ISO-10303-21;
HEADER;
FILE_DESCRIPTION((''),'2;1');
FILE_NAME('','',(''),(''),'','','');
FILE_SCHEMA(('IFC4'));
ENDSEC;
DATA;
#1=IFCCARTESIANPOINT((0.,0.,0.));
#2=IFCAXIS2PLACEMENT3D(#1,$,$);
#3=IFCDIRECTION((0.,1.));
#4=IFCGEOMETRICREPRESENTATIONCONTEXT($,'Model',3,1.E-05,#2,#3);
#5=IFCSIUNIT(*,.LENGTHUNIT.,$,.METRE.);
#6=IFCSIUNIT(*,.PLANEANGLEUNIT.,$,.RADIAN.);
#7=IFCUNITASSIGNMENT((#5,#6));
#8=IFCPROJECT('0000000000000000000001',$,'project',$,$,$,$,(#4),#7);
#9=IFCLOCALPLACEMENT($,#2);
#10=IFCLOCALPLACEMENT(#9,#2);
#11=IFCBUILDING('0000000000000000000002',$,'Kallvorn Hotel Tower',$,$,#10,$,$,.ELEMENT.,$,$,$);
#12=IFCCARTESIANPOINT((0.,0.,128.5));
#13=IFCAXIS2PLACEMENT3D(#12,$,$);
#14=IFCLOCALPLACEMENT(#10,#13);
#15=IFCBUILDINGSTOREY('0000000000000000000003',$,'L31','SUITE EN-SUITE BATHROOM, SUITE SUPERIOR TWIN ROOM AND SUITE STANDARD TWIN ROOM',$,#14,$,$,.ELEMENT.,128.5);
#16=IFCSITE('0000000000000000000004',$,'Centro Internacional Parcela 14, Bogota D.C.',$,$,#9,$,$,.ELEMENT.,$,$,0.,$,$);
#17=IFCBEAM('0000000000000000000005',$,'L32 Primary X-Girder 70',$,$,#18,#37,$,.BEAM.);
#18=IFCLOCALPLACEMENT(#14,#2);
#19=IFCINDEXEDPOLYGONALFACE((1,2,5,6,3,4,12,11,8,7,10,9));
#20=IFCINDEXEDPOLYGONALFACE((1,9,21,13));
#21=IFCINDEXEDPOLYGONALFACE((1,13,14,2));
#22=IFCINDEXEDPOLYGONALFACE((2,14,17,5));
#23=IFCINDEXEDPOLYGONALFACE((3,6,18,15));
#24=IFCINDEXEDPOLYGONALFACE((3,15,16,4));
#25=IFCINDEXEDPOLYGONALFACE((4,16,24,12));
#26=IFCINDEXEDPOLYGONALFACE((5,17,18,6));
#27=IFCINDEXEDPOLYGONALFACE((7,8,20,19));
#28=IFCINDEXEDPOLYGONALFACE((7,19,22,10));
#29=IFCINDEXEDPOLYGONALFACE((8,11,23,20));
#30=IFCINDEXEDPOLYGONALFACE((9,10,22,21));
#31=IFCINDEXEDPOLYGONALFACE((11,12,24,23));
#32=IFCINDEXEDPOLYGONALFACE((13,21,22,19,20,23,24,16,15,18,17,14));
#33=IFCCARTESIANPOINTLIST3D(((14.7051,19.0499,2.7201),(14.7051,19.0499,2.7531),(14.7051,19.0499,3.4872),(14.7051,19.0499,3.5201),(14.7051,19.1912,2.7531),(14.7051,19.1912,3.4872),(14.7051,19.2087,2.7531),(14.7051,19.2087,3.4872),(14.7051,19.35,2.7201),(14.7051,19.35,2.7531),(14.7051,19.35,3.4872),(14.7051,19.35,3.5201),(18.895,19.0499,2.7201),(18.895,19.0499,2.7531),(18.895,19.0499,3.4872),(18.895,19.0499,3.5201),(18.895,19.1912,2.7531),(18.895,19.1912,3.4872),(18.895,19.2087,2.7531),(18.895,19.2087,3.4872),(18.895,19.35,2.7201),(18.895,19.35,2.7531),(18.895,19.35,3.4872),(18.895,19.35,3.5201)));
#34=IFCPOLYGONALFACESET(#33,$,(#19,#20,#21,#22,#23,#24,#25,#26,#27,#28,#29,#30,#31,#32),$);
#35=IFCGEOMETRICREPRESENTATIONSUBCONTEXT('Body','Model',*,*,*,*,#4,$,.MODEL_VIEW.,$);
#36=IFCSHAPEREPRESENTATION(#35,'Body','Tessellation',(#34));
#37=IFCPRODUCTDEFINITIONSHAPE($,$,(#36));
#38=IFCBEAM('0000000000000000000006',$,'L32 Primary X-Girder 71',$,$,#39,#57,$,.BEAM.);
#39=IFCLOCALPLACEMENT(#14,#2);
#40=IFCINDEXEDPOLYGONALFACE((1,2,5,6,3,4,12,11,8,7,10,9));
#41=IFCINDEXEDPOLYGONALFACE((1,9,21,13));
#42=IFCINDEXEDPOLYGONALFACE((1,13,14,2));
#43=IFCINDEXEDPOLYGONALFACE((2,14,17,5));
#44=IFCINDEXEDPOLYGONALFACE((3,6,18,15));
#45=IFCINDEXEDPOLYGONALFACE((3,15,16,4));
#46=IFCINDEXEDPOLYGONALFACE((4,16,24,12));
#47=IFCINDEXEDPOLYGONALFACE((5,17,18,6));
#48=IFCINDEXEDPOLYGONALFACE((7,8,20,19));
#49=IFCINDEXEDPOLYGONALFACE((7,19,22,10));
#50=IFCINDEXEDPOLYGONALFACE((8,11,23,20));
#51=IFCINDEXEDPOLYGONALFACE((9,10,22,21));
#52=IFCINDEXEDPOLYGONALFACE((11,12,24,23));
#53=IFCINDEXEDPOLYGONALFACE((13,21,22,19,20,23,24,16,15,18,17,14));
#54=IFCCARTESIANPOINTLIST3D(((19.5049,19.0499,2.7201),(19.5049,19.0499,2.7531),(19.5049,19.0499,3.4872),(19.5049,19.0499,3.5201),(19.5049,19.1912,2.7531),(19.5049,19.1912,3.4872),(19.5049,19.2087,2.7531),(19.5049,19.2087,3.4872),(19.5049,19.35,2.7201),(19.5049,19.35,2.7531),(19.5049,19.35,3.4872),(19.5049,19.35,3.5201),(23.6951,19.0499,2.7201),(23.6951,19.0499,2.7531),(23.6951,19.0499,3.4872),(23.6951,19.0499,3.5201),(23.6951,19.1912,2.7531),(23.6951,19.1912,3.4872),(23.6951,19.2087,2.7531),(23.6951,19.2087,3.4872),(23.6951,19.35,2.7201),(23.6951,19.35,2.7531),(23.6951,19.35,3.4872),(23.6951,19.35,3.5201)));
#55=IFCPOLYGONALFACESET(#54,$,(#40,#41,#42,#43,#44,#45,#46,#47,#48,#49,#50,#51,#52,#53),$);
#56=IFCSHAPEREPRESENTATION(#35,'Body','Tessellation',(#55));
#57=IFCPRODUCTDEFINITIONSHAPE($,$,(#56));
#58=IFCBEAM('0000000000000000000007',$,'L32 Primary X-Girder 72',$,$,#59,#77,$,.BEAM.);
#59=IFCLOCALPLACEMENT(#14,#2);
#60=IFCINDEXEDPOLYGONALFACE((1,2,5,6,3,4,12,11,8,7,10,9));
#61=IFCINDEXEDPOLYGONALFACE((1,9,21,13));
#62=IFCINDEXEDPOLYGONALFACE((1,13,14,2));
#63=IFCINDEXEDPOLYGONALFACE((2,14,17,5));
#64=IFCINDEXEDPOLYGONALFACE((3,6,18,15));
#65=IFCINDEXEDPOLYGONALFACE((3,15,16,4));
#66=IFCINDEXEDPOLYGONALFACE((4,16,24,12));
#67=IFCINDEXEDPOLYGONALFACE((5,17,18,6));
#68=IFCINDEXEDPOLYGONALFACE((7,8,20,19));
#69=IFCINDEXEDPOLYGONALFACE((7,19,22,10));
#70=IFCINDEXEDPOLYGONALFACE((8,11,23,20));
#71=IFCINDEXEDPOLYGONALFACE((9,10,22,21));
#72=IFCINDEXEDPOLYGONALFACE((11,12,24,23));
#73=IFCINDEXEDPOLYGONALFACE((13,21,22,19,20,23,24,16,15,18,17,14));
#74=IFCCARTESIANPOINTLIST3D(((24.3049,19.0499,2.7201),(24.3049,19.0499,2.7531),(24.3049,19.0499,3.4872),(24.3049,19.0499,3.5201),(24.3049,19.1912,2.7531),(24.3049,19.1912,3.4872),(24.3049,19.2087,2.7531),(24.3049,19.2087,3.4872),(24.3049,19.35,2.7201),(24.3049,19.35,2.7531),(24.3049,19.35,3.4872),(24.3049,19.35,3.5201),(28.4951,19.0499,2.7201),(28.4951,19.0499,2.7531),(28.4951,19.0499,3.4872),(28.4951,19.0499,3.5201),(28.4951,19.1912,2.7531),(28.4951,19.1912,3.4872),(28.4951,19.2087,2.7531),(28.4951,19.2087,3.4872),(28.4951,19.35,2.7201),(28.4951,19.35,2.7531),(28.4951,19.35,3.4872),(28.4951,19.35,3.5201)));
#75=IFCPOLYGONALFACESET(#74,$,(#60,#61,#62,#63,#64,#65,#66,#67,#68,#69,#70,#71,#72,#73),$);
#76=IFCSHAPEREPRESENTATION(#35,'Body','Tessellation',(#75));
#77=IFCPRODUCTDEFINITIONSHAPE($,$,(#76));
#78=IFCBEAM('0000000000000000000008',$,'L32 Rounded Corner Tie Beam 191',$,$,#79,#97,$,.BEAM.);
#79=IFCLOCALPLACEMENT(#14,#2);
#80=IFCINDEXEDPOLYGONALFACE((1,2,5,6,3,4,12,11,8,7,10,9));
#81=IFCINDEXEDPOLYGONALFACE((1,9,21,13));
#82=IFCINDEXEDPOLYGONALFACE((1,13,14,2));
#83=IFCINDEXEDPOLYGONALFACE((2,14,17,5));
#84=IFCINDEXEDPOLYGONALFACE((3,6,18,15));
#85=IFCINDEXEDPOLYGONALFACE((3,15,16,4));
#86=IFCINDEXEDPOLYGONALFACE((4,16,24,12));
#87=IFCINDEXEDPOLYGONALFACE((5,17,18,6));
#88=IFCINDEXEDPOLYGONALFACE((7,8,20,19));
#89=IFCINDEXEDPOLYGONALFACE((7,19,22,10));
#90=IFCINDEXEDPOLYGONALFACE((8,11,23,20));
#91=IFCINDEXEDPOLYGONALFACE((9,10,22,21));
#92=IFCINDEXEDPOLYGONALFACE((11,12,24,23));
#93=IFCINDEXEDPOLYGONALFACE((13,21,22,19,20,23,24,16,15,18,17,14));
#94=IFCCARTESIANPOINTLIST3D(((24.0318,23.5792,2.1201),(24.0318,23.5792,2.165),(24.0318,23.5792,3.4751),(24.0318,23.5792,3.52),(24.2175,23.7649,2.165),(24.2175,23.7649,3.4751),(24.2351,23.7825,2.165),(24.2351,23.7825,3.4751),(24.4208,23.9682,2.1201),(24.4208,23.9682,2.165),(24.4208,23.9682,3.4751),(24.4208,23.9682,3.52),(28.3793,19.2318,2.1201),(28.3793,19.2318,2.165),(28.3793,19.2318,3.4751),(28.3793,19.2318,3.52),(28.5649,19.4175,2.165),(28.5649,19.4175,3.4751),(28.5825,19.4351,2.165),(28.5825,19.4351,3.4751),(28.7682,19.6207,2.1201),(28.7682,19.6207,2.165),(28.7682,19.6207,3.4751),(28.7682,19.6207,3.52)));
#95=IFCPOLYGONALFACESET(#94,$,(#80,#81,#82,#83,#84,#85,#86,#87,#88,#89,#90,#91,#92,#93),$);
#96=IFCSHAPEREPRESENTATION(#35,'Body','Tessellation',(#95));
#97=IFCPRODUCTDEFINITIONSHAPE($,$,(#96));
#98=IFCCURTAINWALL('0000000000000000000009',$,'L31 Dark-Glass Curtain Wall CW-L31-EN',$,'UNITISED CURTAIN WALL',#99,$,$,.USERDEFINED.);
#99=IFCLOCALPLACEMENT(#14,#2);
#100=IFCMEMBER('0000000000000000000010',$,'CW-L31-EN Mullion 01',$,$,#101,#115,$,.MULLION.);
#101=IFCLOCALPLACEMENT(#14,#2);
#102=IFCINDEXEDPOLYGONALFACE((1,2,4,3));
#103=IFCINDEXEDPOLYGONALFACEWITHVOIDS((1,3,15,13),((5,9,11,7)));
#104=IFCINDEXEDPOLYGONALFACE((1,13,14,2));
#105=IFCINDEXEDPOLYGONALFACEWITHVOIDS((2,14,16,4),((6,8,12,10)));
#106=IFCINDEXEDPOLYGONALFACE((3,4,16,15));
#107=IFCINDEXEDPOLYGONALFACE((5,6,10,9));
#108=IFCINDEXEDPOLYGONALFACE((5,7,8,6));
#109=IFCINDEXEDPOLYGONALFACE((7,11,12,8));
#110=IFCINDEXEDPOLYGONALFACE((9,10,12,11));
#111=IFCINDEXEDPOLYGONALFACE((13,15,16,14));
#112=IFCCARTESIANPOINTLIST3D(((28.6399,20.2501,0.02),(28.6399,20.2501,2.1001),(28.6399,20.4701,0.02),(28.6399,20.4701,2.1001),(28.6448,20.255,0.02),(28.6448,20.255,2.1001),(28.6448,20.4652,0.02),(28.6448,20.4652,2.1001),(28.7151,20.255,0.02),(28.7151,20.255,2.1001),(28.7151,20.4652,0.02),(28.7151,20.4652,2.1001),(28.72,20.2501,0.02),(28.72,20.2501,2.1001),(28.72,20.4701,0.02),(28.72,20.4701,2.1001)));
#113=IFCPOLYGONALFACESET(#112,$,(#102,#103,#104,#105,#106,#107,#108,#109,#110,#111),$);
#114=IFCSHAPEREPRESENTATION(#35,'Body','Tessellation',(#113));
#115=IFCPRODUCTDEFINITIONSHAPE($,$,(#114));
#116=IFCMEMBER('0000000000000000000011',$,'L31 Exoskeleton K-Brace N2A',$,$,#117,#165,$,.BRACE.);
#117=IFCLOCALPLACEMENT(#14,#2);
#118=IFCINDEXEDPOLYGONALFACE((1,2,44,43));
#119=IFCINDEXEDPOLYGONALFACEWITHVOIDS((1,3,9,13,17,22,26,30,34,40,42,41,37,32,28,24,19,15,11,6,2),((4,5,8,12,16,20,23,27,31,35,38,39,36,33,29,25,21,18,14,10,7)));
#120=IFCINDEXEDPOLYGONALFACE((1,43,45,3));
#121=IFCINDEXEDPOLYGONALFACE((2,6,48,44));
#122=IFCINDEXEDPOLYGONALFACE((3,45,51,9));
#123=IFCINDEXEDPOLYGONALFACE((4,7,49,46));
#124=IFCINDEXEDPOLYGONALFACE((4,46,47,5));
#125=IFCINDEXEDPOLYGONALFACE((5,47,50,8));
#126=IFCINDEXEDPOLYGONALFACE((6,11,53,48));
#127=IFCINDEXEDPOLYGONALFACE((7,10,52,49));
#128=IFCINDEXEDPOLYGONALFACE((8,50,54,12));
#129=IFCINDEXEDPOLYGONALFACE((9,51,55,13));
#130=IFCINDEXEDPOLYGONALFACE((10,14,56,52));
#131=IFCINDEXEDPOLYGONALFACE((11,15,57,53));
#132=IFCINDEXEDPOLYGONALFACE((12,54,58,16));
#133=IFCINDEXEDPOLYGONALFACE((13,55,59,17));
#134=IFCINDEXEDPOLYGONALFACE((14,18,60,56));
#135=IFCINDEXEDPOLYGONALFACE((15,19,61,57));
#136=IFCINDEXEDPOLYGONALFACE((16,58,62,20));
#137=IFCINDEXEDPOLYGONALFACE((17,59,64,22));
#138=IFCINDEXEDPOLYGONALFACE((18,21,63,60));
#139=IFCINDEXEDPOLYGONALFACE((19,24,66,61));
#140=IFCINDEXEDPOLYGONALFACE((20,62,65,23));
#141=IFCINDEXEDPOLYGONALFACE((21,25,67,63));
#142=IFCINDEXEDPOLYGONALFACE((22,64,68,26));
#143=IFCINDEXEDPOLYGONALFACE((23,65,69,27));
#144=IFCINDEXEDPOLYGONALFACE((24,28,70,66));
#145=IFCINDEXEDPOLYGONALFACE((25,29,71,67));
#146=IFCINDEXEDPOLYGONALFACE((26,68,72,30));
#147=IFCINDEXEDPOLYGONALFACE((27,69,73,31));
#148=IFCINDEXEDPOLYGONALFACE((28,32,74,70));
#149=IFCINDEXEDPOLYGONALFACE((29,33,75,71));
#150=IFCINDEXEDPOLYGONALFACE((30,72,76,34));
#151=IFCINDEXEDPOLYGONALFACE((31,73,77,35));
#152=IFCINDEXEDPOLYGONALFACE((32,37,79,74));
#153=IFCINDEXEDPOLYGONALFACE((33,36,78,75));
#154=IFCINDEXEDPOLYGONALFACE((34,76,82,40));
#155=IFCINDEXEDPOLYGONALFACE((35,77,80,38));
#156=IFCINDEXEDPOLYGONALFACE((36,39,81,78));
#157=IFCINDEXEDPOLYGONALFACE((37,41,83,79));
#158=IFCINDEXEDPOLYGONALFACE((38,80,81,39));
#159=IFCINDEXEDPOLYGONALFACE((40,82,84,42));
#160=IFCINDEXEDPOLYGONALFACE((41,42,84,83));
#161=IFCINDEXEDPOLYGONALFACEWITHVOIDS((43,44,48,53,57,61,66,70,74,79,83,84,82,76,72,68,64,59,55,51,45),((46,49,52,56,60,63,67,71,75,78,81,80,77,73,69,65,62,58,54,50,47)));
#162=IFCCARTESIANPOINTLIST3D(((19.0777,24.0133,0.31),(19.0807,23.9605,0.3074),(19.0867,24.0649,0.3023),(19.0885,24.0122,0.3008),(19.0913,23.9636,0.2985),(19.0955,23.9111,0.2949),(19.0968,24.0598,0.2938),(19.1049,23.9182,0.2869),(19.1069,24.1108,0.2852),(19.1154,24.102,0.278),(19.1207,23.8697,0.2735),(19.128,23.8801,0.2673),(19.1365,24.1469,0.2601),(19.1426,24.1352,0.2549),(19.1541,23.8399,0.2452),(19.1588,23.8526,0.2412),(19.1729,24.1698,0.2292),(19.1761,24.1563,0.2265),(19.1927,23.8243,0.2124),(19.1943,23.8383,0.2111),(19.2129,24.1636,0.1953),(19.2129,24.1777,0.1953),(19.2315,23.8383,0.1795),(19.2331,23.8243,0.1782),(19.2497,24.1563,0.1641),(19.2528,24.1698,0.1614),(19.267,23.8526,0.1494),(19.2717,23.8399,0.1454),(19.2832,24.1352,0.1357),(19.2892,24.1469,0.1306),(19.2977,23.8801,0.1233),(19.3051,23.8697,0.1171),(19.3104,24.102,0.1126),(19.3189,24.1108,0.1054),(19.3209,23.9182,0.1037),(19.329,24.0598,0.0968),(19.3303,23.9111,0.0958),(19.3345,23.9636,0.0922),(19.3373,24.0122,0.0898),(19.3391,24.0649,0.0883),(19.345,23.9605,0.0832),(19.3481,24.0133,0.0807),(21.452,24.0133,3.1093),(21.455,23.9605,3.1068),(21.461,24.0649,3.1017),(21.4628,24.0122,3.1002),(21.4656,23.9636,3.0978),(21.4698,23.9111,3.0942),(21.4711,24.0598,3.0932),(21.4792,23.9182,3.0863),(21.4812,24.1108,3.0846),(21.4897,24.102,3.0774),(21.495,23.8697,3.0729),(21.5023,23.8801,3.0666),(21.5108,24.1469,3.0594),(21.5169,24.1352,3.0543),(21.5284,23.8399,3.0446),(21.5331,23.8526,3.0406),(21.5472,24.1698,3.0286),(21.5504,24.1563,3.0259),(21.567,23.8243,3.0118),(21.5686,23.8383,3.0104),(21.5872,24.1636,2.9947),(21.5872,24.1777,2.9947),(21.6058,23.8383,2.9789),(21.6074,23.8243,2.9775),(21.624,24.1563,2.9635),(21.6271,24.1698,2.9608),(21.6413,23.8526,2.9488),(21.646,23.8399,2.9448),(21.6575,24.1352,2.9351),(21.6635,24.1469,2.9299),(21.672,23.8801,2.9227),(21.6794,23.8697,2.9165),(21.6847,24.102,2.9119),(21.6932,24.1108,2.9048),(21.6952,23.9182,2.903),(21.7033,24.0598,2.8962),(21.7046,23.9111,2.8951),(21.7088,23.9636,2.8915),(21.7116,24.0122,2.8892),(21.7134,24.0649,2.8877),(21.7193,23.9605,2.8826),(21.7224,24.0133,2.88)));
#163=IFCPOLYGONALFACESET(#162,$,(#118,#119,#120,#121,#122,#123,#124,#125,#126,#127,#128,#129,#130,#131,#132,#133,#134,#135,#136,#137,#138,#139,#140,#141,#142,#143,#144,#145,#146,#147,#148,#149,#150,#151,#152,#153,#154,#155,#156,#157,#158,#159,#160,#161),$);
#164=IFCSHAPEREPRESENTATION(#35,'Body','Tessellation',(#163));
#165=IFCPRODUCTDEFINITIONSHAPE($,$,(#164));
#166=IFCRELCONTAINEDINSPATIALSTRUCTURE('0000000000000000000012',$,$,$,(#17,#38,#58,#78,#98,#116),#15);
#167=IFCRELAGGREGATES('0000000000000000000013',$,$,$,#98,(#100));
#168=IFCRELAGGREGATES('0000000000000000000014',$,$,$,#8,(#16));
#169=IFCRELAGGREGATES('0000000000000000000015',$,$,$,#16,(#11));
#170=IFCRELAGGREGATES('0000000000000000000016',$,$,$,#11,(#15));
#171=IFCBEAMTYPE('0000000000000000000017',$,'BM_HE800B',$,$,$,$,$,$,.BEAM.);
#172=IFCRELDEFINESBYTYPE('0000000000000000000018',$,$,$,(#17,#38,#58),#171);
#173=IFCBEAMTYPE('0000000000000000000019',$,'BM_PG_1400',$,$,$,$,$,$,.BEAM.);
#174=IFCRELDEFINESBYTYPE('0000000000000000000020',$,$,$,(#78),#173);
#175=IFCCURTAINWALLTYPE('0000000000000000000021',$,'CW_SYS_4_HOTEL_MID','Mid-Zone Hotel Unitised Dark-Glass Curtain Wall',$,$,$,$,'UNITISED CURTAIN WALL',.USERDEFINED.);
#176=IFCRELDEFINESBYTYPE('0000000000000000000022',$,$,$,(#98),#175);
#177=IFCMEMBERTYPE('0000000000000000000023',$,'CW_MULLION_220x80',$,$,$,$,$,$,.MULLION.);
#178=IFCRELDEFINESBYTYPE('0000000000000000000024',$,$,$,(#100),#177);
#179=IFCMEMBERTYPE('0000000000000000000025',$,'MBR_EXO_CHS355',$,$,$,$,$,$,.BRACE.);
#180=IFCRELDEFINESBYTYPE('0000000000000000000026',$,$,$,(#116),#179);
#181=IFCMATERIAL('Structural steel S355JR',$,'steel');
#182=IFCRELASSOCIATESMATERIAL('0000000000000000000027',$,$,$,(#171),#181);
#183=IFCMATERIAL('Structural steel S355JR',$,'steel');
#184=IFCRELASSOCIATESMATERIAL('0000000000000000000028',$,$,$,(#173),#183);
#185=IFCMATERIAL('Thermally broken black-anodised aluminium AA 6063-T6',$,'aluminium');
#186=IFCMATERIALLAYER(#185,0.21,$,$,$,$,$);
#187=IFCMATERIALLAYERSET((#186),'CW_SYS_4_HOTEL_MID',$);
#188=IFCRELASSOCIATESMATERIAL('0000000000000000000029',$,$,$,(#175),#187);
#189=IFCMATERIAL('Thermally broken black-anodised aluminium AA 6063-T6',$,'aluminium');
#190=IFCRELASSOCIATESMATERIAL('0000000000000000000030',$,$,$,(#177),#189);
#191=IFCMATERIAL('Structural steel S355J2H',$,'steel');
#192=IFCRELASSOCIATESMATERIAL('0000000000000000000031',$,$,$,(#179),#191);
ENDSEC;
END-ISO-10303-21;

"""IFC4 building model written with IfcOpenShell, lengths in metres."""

from ifc_helpers import new_model, si_unit, direction, frame, origin, origin_2d, place, context, subcontext, project, spatial, hollow_rectangle, hollow_circle, i_section, extrude, material, layer, layer_set, material_profile, profile_set, type_object, element, aggregate, save


model = new_model("IFC4")

# Units and contexts
model_context = context("Model", 3, precision=1e-05, world=origin(), true_north=direction((0.0, 1.0)))
body_context = subcontext(model_context, "Body", "Model", "MODEL_VIEW")
ifc_project = project(units=[si_unit("LENGTHUNIT", "METRE"), si_unit("PLANEANGLEUNIT", "RADIAN")], contexts=[model_context])

# Site, building, storey
site_placement = place(None, origin())
site = spatial("IfcSite", under=ifc_project, at=site_placement, Name="Centro Internacional Parcela 14, Bogota D.C.", CompositionType="ELEMENT", RefElevation=0.0)
building_placement = place(site_placement, origin())
building = spatial("IfcBuilding", under=site, at=building_placement, Name="Kallvorn Hotel Tower", CompositionType="ELEMENT")
storey_placement = place(building_placement, frame((0.0, 0.0, 128.5)))
storey = spatial("IfcBuildingStorey", under=building, at=storey_placement, Name="L31", Description="SUITE EN-SUITE BATHROOM, SUITE SUPERIOR TWIN ROOM AND SUITE STANDARD TWIN ROOM", CompositionType="ELEMENT", Elevation=128.5)

# Beams
ifc_material_1 = material(Name="Structural steel S355JR", Category="steel")
ifc_material_profile_1 = material_profile(ifc_material_1, i_section(OverallWidth=0.3, OverallDepth=0.8, WebThickness=0.0176, FlangeThickness=0.033, at=origin_2d()), Name="HE 800 B")
ifc_profile_set_1 = profile_set([ifc_material_profile_1], Name="Structural steel S355JR")
beam_type_1 = type_object("IfcBeamType", Name="BM_HE800B", PredefinedType="BEAM", material=ifc_profile_set_1)
beam_1_placement = place(storey_placement, frame((14.7051, 19.2, 3.1201), z_axis=(1.0, 0.0, 0.0), x_axis=(0.0, 1.0, 0.0)))
element("IfcBeam", 1, at=beam_1_placement, inside=storey, type_object=beam_type_1, Name="L32 Primary X-Girder 70", PredefinedType="BEAM", context=body_context, shape_type="SweptSolid", body=[
    extrude(i_section(OverallWidth=0.3, OverallDepth=0.8, WebThickness=0.0176, FlangeThickness=0.033, at=origin_2d()), origin(), (0.0, 0.0, 1.0), 4.1899),
])
for number, where, z_axis, x_axis, name in (
    (2, (19.5049, 19.2, 3.1201), (1.0, 0.0, 0.0), (0.0, 1.0, 0.0), "L32 Primary X-Girder 71"),
    (3, (24.3049, 19.2, 3.1201), (1.0, 0.0, 0.0), (0.0, 1.0, 0.0), "L32 Primary X-Girder 72"),
):
    element("IfcBeam", number, at=place(storey_placement, frame(where, z_axis=z_axis, x_axis=x_axis)), inside=storey, type_object=beam_type_1, Name=name, PredefinedType="BEAM", context=body_context, shape_type="SweptSolid", body=[
        extrude(i_section(OverallWidth=0.3, OverallDepth=0.8, WebThickness=0.0176, FlangeThickness=0.033, at=origin_2d()), origin(), (0.0, 0.0, 1.0), 4.1902),
    ])
ifc_material_2 = material(Name="Structural steel S355JR", Category="steel")
ifc_material_profile_2 = material_profile(ifc_material_2, i_section(OverallWidth=0.55, OverallDepth=1.3999, WebThickness=0.0249, FlangeThickness=0.0449, at=origin_2d()), Name="PG 1400x550x25x45")
ifc_profile_set_2 = profile_set([ifc_material_profile_2], Name="Structural steel S355JR")
beam_type_2 = type_object("IfcBeamType", Name="BM_PG_1400", PredefinedType="BEAM", material=ifc_profile_set_2)
beam_2_placement = place(storey_placement, frame((28.5737, 19.4263, 2.8201), z_axis=(-0.707107, 0.707107, 0.0), x_axis=(-0.707107, -0.707107, 0.0)))
element("IfcBeam", 4, at=beam_2_placement, inside=storey, type_object=beam_type_2, Name="L32 Rounded Corner Tie Beam 191", PredefinedType="BEAM", context=body_context, shape_type="SweptSolid", body=[
    extrude(i_section(OverallWidth=0.55, OverallDepth=1.3999, WebThickness=0.0249, FlangeThickness=0.0449, at=origin_2d()), origin(), (0.0, 0.0, 1.0), 6.1482),
])

# Curtain wall, member
ifc_material_3 = material(Name="Thermally broken black-anodised aluminium AA 6063-T6", Category="aluminium")
ifc_layer_1 = layer(ifc_material_3, 0.21)
ifc_layer_set_1 = layer_set([ifc_layer_1], Name="CW_SYS_4_HOTEL_MID")
curtain_wall_type = type_object("IfcCurtainWallType", Name="CW_SYS_4_HOTEL_MID", Description="Mid-Zone Hotel Unitised Dark-Glass Curtain Wall", ElementType="UNITISED CURTAIN WALL", PredefinedType="USERDEFINED", material=ifc_layer_set_1)
curtain_wall_placement = place(storey_placement, origin())
curtain_wall = element("IfcCurtainWall", 5, at=curtain_wall_placement, inside=storey, type_object=curtain_wall_type, Name="L31 Dark-Glass Curtain Wall CW-L31-EN", ObjectType="UNITISED CURTAIN WALL", PredefinedType="USERDEFINED")
ifc_material_4 = material(Name="Thermally broken black-anodised aluminium AA 6063-T6", Category="aluminium")
ifc_material_profile_3 = material_profile(ifc_material_4, hollow_rectangle(XDim=0.0801, YDim=0.22, WallThickness=0.0049, at=origin_2d()), Name="MUL 220x80")
ifc_profile_set_3 = profile_set([ifc_material_profile_3], Name="Thermally broken black-anodised aluminium AA 6063-T6")
member_type_1 = type_object("IfcMemberType", Name="CW_MULLION_220x80", PredefinedType="MULLION", material=ifc_profile_set_3)
member_placement = place(storey_placement, frame((28.6799, 20.3601, 0.02), z_axis=(0.0, 0.0, 1.0), x_axis=(1.0, 0.0, 0.0)))
member = element("IfcMember", 6, at=member_placement, type_object=member_type_1, Name="CW-L31-EN Mullion 01", PredefinedType="MULLION", context=body_context, shape_type="SweptSolid", body=[
    extrude(hollow_rectangle(XDim=0.0801, YDim=0.22, WallThickness=0.0049, at=origin_2d()), origin(), (0.0, 0.0, 1.0), 2.0801),
])
aggregate(curtain_wall, [member])

# Member
ifc_material_5 = material(Name="Structural steel S355J2H", Category="steel")
ifc_material_profile_4 = material_profile(ifc_material_5, hollow_circle(Radius=0.1777, WallThickness=0.0142, at=origin_2d()), Name="CHS 355.6x14.2")
ifc_profile_set_4 = profile_set([ifc_material_profile_4], Name="Structural steel S355J2H")
member_type_2 = type_object("IfcMemberType", Name="MBR_EXO_CHS355", PredefinedType="BRACE", material=ifc_profile_set_4)
for number, where, z_axis, x_axis, name in (
    (7, (19.2129, 24.0, 0.1953), (0.646833, 0.0, 0.762631), (0.0, 1.0, 0.0), "L31 Exoskeleton K-Brace N2A"),
):
    element("IfcMember", number, at=place(storey_placement, frame(where, z_axis=z_axis, x_axis=x_axis)), inside=storey, type_object=member_type_2, Name=name, PredefinedType="BRACE", context=body_context, shape_type="SweptSolid", body=[
        extrude(hollow_circle(Radius=0.1777, WallThickness=0.0142, at=origin_2d()), origin(), (0.0, 0.0, 1.0), 3.6707),
    ])

save(model, "model.ifc")
